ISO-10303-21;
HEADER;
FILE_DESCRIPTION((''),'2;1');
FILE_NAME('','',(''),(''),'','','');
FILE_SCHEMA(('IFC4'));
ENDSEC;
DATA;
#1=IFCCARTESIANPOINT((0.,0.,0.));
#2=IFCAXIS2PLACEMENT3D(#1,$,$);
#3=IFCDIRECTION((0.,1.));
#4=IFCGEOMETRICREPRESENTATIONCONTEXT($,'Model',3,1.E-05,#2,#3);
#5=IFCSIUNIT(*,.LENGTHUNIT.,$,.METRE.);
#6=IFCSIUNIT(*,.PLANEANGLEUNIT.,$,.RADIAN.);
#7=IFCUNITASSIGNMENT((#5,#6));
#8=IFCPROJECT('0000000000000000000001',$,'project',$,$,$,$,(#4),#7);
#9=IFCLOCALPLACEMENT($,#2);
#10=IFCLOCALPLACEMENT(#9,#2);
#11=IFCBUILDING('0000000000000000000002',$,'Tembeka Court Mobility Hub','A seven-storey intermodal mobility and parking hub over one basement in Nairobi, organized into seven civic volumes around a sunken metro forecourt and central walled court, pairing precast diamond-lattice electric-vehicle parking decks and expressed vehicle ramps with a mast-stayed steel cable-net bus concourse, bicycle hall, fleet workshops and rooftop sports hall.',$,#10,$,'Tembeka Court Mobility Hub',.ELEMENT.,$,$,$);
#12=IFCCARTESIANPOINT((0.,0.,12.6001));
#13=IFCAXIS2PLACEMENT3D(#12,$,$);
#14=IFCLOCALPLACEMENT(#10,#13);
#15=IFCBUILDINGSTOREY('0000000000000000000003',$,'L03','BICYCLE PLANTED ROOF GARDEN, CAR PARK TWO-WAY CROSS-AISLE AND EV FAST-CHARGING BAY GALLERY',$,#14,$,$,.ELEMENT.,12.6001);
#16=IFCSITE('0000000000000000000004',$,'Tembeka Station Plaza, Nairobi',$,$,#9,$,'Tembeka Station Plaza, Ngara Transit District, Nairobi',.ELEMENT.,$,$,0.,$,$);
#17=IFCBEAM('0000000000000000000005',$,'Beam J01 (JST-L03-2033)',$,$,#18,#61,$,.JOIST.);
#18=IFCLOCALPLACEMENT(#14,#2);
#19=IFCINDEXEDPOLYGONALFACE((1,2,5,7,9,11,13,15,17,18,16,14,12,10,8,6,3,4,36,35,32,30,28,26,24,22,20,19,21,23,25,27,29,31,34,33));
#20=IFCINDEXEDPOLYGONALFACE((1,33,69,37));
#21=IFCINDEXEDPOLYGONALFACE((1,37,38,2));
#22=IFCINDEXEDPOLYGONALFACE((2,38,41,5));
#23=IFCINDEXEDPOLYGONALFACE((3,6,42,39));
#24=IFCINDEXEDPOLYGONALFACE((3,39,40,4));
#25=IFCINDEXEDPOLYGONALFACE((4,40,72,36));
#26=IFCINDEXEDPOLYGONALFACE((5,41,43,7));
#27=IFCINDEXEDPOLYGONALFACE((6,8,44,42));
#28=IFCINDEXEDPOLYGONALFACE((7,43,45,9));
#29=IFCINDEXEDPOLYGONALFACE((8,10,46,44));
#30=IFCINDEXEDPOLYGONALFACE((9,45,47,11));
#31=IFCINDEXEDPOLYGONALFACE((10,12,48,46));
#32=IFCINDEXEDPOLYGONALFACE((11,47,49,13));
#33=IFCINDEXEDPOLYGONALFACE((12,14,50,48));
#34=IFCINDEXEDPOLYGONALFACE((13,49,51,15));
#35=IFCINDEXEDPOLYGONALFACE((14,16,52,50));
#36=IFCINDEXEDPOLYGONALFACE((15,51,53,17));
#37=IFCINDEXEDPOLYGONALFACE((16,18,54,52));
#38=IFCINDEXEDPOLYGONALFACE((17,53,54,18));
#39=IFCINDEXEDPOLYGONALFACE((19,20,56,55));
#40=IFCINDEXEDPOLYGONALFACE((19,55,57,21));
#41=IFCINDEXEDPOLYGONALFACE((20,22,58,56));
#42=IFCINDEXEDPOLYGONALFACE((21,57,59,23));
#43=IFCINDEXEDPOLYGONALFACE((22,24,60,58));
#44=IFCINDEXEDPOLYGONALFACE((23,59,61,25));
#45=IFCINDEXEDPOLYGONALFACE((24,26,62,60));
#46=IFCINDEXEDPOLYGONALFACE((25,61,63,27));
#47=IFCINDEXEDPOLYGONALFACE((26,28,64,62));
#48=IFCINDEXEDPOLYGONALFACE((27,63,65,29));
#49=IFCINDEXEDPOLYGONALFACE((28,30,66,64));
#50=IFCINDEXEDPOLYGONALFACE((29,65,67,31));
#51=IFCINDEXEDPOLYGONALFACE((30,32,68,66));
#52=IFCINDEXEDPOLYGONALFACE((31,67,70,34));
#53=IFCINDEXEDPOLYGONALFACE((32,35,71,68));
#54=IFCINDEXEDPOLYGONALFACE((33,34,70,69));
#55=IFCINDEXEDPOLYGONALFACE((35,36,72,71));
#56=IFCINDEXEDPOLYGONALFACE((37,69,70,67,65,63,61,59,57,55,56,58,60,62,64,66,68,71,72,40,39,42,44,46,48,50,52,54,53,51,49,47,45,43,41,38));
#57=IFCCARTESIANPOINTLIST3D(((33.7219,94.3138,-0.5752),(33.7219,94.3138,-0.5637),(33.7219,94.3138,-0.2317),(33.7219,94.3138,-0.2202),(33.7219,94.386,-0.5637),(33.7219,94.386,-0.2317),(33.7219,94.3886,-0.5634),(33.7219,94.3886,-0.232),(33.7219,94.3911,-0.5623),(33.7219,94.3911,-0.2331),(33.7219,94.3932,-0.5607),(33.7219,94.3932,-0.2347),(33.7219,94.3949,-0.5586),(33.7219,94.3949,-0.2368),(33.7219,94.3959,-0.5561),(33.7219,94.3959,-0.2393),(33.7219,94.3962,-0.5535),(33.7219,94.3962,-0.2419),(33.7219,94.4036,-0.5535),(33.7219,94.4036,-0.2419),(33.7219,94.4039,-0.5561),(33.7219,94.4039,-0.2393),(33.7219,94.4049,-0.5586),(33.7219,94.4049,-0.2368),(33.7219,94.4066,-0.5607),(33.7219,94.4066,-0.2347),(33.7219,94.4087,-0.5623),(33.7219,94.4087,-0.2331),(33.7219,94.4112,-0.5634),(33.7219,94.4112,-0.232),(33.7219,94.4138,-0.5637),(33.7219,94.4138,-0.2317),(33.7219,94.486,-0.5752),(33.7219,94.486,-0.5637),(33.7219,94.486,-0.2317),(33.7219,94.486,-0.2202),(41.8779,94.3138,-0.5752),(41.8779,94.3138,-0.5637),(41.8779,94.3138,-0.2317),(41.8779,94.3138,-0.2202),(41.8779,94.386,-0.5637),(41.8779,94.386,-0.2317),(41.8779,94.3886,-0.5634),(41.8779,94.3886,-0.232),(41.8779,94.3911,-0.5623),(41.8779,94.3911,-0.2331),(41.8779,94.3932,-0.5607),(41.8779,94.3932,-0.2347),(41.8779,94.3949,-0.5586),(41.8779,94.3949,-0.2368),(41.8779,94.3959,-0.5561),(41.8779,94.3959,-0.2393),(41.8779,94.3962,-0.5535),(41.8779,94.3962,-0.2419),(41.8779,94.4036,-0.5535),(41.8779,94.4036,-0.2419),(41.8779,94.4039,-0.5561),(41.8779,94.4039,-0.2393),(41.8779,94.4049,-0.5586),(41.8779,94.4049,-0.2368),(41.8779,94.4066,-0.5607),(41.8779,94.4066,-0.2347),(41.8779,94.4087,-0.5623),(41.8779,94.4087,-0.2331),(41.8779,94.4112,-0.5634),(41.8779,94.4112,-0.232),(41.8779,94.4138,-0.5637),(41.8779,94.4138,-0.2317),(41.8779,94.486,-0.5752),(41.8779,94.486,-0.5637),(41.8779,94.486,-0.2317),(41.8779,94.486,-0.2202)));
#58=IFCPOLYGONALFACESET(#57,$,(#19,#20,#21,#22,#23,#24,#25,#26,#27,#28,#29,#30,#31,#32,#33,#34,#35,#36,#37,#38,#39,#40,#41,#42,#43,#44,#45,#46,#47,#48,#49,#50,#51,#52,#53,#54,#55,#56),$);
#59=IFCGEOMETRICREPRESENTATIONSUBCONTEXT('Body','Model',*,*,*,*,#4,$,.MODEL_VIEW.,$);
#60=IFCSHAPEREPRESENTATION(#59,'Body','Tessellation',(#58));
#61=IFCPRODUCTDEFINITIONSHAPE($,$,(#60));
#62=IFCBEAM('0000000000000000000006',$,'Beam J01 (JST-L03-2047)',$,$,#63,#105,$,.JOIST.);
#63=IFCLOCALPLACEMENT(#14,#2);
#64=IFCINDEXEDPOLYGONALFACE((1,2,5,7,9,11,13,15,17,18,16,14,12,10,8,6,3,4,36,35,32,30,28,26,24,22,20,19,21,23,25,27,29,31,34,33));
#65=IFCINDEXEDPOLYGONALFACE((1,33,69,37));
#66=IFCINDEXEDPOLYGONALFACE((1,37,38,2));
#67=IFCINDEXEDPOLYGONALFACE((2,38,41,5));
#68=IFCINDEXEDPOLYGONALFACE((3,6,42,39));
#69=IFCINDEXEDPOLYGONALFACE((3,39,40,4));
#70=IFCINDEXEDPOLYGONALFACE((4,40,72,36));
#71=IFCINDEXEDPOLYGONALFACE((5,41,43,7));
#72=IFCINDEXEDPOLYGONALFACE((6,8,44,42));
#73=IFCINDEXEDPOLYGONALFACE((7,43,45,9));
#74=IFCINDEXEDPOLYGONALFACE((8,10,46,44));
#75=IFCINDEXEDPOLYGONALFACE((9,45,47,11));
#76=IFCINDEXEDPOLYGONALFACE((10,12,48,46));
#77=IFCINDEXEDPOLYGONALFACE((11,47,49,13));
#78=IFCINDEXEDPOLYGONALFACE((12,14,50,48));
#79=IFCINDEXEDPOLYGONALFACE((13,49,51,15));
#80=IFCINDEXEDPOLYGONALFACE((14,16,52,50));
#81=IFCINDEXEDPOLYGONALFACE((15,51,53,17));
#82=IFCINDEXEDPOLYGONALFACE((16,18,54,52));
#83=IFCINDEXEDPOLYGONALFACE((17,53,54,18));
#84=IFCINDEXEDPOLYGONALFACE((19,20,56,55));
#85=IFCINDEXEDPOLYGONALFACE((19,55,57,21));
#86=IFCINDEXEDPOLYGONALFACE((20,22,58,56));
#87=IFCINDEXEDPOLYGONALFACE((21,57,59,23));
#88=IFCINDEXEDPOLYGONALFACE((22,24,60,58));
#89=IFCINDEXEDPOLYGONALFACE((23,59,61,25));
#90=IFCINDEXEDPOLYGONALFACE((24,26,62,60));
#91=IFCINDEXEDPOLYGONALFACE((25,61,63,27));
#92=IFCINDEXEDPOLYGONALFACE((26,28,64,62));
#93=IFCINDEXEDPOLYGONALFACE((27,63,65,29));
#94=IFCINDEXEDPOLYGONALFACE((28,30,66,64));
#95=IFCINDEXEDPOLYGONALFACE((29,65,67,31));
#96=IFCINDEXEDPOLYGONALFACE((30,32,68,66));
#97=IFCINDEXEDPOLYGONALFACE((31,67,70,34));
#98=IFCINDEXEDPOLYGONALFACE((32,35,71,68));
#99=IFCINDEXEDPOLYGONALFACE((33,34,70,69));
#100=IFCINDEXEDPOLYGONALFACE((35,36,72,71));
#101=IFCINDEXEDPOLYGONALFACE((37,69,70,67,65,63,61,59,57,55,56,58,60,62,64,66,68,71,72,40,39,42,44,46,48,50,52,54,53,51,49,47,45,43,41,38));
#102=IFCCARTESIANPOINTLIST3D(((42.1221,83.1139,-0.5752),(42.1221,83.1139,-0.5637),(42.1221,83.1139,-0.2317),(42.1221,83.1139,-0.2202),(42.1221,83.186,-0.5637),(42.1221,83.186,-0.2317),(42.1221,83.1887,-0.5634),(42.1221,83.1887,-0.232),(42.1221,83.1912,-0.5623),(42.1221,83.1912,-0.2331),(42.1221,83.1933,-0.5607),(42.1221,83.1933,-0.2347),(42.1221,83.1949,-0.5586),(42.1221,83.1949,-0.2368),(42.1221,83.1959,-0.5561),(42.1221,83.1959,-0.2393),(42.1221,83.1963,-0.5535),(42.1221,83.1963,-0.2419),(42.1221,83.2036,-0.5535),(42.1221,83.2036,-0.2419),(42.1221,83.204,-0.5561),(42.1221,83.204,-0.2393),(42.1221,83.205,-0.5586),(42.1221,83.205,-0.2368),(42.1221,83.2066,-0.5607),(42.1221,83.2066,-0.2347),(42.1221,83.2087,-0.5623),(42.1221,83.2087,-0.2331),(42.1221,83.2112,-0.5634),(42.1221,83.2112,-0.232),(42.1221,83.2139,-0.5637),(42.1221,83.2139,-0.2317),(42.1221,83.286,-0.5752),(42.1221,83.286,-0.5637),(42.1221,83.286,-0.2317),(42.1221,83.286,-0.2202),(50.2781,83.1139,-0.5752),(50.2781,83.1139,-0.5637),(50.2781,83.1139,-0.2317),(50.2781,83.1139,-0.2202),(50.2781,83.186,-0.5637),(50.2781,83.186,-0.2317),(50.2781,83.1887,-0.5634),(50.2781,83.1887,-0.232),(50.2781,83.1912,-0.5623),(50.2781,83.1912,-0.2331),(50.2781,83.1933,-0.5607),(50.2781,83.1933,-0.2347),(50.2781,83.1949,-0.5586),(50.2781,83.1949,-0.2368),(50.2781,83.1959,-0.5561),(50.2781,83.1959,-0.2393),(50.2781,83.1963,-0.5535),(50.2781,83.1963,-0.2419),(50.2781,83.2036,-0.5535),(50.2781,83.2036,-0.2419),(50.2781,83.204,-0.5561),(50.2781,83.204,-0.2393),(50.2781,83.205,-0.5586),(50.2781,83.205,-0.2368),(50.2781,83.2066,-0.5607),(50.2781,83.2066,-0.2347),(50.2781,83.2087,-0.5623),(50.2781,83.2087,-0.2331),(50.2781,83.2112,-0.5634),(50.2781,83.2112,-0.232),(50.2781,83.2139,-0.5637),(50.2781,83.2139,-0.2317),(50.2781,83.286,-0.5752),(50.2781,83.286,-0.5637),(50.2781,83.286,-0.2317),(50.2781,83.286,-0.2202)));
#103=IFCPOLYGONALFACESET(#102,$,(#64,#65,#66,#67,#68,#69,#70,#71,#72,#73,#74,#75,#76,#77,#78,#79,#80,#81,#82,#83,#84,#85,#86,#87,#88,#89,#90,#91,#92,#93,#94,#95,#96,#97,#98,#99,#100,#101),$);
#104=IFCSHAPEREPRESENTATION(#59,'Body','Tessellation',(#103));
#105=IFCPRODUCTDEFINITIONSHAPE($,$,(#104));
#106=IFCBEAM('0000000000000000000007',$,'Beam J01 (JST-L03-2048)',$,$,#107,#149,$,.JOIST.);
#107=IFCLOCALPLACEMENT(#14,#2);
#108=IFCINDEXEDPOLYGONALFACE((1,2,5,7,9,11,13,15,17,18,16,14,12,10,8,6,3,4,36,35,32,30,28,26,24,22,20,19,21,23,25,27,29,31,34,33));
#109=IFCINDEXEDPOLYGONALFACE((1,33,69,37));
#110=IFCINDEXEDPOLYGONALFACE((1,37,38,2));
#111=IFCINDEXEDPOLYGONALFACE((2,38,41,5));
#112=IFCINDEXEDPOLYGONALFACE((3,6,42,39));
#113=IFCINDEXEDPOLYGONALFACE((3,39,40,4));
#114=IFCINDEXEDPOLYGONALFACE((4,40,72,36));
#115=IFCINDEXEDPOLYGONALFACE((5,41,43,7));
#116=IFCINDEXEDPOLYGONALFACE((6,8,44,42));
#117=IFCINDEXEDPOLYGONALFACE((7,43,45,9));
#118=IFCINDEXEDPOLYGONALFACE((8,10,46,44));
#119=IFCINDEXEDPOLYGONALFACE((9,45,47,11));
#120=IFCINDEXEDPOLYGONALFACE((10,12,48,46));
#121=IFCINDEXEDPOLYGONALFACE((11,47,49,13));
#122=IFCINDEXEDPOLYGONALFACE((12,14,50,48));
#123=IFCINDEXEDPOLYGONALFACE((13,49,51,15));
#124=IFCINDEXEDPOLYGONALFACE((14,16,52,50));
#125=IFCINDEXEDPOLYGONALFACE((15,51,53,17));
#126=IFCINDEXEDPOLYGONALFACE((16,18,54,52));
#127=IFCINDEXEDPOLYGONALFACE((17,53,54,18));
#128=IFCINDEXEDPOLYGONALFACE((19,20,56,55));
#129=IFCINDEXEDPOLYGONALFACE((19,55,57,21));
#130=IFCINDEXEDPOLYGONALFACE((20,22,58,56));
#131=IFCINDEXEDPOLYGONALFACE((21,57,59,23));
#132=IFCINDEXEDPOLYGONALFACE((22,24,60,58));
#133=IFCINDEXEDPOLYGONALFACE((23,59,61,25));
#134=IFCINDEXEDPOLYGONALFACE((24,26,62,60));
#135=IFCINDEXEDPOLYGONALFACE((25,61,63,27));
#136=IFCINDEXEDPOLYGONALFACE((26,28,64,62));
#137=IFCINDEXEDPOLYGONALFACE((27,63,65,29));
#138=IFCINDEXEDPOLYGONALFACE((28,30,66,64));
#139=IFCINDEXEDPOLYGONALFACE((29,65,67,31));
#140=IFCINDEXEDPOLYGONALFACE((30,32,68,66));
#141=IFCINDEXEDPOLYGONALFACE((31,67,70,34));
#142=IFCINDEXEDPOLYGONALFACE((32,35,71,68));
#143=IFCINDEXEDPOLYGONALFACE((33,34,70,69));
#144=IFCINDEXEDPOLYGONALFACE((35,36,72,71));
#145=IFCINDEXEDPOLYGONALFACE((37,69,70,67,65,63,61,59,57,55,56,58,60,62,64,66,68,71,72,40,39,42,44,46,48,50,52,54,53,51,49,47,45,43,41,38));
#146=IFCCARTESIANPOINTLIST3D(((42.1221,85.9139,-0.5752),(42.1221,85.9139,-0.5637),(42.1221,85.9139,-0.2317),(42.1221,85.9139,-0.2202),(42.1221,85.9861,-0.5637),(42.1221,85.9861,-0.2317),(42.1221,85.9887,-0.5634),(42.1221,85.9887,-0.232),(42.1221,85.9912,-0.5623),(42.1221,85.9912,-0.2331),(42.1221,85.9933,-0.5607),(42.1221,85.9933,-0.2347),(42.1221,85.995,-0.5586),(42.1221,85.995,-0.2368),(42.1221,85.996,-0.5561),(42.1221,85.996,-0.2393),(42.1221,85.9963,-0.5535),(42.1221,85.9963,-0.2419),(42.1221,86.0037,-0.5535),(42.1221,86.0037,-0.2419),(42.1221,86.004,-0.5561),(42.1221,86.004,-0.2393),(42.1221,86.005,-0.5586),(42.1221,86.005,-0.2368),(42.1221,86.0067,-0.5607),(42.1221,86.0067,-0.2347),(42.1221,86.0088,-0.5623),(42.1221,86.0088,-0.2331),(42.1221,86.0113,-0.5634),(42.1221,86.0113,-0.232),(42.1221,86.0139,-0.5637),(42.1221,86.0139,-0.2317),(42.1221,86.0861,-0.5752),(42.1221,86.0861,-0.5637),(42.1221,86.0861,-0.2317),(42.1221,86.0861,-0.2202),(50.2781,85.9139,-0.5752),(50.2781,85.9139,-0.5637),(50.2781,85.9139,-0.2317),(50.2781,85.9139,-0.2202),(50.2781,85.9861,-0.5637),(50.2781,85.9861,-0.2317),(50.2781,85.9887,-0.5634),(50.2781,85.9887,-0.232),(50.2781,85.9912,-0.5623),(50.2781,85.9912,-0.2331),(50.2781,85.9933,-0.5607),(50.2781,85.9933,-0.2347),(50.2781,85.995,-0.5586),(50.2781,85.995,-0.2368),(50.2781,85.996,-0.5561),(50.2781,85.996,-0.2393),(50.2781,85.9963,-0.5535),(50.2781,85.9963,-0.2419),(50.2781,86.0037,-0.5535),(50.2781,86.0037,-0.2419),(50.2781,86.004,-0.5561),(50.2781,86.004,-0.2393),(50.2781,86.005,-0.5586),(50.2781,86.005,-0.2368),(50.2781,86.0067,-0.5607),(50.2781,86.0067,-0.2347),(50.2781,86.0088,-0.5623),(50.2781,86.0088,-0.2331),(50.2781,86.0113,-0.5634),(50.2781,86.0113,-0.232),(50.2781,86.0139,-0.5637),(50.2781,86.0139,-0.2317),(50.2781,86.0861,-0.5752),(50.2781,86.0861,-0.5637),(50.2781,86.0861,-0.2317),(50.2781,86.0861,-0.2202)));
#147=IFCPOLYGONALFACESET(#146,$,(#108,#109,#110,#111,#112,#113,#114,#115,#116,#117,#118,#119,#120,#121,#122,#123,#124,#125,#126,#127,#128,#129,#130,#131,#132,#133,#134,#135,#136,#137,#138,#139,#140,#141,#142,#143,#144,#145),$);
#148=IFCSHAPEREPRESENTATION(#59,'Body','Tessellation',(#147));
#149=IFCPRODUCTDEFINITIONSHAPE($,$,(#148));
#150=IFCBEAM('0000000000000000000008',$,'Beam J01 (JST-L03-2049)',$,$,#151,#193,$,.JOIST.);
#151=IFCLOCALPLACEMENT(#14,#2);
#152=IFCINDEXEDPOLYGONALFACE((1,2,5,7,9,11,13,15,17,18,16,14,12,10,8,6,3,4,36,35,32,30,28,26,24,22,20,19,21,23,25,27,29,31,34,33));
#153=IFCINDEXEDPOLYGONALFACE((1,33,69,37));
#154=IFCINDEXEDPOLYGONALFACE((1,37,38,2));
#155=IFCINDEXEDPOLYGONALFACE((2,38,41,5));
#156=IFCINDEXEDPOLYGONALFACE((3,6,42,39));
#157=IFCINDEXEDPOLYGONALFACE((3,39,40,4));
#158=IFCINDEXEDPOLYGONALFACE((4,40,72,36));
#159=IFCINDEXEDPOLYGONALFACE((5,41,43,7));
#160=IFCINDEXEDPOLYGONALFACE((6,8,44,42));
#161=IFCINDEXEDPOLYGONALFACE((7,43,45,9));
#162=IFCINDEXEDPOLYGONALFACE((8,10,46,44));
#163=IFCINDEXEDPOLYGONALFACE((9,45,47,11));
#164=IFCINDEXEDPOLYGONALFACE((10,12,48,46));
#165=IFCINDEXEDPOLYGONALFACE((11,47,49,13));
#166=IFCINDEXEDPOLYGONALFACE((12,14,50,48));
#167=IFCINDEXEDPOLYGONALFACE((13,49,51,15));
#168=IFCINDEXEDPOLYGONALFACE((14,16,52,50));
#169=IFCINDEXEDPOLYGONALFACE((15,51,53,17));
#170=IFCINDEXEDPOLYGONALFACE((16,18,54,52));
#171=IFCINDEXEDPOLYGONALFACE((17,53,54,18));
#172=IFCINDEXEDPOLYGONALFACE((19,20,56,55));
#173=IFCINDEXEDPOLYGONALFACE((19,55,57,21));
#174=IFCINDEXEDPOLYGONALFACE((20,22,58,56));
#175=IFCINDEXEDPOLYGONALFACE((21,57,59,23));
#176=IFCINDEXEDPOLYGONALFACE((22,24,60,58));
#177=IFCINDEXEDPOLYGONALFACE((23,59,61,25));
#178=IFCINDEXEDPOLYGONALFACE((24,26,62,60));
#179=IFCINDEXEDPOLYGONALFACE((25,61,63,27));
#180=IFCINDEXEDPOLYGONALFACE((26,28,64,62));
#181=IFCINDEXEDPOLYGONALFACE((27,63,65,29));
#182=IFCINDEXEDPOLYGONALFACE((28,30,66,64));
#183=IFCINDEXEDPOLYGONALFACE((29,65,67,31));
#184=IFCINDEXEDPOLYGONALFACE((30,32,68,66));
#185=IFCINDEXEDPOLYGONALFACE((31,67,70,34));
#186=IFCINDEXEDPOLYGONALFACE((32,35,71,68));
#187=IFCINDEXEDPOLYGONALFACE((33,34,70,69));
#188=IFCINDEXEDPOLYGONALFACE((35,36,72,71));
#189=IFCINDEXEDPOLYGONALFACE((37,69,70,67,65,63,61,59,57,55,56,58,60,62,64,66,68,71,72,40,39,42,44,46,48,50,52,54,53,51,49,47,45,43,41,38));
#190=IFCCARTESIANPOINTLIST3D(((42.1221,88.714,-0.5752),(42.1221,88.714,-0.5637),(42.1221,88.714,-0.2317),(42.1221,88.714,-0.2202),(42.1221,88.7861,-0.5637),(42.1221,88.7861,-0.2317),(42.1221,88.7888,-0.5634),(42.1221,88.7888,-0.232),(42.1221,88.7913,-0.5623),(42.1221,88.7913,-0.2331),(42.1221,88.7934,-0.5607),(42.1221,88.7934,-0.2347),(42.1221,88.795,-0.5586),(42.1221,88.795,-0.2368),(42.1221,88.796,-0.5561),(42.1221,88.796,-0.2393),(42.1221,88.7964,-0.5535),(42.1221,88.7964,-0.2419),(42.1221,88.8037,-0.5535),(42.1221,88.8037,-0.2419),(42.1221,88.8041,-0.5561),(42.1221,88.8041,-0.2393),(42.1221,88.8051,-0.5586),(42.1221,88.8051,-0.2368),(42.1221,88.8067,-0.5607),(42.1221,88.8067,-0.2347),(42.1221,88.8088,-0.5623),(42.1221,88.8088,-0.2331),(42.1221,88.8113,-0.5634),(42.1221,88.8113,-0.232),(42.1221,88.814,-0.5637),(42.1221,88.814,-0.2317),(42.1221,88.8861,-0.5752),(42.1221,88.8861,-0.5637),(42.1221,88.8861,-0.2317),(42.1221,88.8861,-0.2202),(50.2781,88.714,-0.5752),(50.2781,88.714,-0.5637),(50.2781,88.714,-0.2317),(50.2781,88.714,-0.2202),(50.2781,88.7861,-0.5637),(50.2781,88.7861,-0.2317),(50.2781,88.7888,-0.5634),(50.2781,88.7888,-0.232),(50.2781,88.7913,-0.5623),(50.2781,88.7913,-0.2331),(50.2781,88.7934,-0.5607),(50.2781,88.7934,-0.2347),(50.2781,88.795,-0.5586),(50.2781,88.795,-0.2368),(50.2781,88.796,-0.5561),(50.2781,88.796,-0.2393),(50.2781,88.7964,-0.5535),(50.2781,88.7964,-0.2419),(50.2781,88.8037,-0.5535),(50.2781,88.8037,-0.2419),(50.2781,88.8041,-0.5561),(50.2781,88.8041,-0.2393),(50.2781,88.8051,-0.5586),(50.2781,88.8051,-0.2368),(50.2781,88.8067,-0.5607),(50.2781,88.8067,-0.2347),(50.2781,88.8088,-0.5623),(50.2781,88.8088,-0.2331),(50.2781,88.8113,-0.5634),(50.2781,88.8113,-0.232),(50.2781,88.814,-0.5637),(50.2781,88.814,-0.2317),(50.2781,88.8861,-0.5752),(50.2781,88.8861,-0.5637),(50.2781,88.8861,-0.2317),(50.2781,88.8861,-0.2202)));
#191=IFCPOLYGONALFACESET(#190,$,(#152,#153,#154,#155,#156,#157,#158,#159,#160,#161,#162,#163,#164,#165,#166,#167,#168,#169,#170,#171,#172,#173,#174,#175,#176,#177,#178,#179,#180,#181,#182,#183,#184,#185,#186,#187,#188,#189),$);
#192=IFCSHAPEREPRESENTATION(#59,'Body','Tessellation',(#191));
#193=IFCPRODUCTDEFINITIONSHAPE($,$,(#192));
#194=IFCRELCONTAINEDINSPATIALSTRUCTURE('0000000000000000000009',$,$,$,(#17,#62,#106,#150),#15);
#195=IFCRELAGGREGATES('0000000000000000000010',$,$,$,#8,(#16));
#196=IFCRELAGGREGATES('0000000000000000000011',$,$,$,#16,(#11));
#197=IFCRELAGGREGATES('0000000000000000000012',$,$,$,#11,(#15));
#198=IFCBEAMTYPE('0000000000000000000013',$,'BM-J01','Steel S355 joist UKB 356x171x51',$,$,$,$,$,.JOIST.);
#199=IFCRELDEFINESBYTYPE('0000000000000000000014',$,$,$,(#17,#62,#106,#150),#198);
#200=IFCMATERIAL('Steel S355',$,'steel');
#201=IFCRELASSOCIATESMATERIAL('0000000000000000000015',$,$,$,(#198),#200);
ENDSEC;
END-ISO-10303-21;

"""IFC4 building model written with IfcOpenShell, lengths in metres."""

from ifc_helpers import new_model, si_unit, direction, frame, origin, origin_2d, place, context, subcontext, project, spatial, i_section, extrude, material, material_profile, profile_set, type_object, element, save


model = new_model("IFC4")

# Units and contexts
model_context = context("Model", 3, precision=1e-05, world=origin(), true_north=direction((0.0, 1.0)))
body_context = subcontext(model_context, "Body", "Model", "MODEL_VIEW")
ifc_project = project(units=[si_unit("LENGTHUNIT", "METRE"), si_unit("PLANEANGLEUNIT", "RADIAN")], contexts=[model_context])

# Site, building, storey
site_placement = place(None, origin())
site = spatial("IfcSite", under=ifc_project, at=site_placement, Name="Tembeka Station Plaza, Nairobi", LongName="Tembeka Station Plaza, Ngara Transit District, Nairobi", CompositionType="ELEMENT", RefElevation=0.0)
building_placement = place(site_placement, origin())
building = spatial("IfcBuilding", under=site, at=building_placement, Name="Tembeka Court Mobility Hub", Description="A seven-storey intermodal mobility and parking hub over one basement in Nairobi, organized into seven civic volumes around a sunken metro forecourt and central walled court, pairing precast diamond-lattice electric-vehicle parking decks and expressed vehicle ramps with a mast-stayed steel cable-net bus concourse, bicycle hall, fleet workshops and rooftop sports hall.", LongName="Tembeka Court Mobility Hub", CompositionType="ELEMENT")
storey_placement = place(building_placement, frame((0.0, 0.0, 12.6001)))
storey = spatial("IfcBuildingStorey", under=building, at=storey_placement, Name="L03", Description="BICYCLE PLANTED ROOF GARDEN, CAR PARK TWO-WAY CROSS-AISLE AND EV FAST-CHARGING BAY GALLERY", CompositionType="ELEMENT", Elevation=12.6001)

# Shared definitions
ifc_material_1 = material(Name="Steel S355", Category="steel")

# Beams
ifc_material_profile_1 = material_profile(ifc_material_1, i_section(OverallWidth=0.1721, OverallDepth=0.355, WebThickness=0.0073, FlangeThickness=0.0115, FilletRadius=0.0103, at=origin_2d()), Name="UKB 356x171x51")
ifc_profile_set_1 = profile_set([ifc_material_profile_1], Name="Steel S355")
beam_type_1 = type_object("IfcBeamType", Name="BM-J01", Description="Steel S355 joist UKB 356x171x51", PredefinedType="JOIST", material=ifc_profile_set_1)
for number, where, z_axis, x_axis, name in (
    (1, (33.7219, 94.3999, -0.3977), (1.0, 0.0, 0.0), (0.0, 1.0, 0.0), "Beam J01 (JST-L03-2033)"),
    (2, (42.1221, 83.2, -0.3977), (1.0, 0.0, 0.0), (0.0, 1.0, 0.0), "Beam J01 (JST-L03-2047)"),
    (3, (42.1221, 86.0, -0.3977), (1.0, 0.0, 0.0), (0.0, 1.0, 0.0), "Beam J01 (JST-L03-2048)"),
    (4, (42.1221, 88.8, -0.3977), (1.0, 0.0, 0.0), (0.0, 1.0, 0.0), "Beam J01 (JST-L03-2049)"),
):
    element("IfcBeam", number, at=place(storey_placement, frame(where, z_axis=z_axis, x_axis=x_axis)), inside=storey, type_object=beam_type_1, Name=name, PredefinedType="JOIST", context=body_context, shape_type="SweptSolid", body=[
        extrude(i_section(OverallWidth=0.1721, OverallDepth=0.355, WebThickness=0.0073, FlangeThickness=0.0115, FilletRadius=0.0103, at=origin_2d()), origin(), (0.0, 0.0, 1.0), 8.156),
    ])

save(model, "model.ifc")
